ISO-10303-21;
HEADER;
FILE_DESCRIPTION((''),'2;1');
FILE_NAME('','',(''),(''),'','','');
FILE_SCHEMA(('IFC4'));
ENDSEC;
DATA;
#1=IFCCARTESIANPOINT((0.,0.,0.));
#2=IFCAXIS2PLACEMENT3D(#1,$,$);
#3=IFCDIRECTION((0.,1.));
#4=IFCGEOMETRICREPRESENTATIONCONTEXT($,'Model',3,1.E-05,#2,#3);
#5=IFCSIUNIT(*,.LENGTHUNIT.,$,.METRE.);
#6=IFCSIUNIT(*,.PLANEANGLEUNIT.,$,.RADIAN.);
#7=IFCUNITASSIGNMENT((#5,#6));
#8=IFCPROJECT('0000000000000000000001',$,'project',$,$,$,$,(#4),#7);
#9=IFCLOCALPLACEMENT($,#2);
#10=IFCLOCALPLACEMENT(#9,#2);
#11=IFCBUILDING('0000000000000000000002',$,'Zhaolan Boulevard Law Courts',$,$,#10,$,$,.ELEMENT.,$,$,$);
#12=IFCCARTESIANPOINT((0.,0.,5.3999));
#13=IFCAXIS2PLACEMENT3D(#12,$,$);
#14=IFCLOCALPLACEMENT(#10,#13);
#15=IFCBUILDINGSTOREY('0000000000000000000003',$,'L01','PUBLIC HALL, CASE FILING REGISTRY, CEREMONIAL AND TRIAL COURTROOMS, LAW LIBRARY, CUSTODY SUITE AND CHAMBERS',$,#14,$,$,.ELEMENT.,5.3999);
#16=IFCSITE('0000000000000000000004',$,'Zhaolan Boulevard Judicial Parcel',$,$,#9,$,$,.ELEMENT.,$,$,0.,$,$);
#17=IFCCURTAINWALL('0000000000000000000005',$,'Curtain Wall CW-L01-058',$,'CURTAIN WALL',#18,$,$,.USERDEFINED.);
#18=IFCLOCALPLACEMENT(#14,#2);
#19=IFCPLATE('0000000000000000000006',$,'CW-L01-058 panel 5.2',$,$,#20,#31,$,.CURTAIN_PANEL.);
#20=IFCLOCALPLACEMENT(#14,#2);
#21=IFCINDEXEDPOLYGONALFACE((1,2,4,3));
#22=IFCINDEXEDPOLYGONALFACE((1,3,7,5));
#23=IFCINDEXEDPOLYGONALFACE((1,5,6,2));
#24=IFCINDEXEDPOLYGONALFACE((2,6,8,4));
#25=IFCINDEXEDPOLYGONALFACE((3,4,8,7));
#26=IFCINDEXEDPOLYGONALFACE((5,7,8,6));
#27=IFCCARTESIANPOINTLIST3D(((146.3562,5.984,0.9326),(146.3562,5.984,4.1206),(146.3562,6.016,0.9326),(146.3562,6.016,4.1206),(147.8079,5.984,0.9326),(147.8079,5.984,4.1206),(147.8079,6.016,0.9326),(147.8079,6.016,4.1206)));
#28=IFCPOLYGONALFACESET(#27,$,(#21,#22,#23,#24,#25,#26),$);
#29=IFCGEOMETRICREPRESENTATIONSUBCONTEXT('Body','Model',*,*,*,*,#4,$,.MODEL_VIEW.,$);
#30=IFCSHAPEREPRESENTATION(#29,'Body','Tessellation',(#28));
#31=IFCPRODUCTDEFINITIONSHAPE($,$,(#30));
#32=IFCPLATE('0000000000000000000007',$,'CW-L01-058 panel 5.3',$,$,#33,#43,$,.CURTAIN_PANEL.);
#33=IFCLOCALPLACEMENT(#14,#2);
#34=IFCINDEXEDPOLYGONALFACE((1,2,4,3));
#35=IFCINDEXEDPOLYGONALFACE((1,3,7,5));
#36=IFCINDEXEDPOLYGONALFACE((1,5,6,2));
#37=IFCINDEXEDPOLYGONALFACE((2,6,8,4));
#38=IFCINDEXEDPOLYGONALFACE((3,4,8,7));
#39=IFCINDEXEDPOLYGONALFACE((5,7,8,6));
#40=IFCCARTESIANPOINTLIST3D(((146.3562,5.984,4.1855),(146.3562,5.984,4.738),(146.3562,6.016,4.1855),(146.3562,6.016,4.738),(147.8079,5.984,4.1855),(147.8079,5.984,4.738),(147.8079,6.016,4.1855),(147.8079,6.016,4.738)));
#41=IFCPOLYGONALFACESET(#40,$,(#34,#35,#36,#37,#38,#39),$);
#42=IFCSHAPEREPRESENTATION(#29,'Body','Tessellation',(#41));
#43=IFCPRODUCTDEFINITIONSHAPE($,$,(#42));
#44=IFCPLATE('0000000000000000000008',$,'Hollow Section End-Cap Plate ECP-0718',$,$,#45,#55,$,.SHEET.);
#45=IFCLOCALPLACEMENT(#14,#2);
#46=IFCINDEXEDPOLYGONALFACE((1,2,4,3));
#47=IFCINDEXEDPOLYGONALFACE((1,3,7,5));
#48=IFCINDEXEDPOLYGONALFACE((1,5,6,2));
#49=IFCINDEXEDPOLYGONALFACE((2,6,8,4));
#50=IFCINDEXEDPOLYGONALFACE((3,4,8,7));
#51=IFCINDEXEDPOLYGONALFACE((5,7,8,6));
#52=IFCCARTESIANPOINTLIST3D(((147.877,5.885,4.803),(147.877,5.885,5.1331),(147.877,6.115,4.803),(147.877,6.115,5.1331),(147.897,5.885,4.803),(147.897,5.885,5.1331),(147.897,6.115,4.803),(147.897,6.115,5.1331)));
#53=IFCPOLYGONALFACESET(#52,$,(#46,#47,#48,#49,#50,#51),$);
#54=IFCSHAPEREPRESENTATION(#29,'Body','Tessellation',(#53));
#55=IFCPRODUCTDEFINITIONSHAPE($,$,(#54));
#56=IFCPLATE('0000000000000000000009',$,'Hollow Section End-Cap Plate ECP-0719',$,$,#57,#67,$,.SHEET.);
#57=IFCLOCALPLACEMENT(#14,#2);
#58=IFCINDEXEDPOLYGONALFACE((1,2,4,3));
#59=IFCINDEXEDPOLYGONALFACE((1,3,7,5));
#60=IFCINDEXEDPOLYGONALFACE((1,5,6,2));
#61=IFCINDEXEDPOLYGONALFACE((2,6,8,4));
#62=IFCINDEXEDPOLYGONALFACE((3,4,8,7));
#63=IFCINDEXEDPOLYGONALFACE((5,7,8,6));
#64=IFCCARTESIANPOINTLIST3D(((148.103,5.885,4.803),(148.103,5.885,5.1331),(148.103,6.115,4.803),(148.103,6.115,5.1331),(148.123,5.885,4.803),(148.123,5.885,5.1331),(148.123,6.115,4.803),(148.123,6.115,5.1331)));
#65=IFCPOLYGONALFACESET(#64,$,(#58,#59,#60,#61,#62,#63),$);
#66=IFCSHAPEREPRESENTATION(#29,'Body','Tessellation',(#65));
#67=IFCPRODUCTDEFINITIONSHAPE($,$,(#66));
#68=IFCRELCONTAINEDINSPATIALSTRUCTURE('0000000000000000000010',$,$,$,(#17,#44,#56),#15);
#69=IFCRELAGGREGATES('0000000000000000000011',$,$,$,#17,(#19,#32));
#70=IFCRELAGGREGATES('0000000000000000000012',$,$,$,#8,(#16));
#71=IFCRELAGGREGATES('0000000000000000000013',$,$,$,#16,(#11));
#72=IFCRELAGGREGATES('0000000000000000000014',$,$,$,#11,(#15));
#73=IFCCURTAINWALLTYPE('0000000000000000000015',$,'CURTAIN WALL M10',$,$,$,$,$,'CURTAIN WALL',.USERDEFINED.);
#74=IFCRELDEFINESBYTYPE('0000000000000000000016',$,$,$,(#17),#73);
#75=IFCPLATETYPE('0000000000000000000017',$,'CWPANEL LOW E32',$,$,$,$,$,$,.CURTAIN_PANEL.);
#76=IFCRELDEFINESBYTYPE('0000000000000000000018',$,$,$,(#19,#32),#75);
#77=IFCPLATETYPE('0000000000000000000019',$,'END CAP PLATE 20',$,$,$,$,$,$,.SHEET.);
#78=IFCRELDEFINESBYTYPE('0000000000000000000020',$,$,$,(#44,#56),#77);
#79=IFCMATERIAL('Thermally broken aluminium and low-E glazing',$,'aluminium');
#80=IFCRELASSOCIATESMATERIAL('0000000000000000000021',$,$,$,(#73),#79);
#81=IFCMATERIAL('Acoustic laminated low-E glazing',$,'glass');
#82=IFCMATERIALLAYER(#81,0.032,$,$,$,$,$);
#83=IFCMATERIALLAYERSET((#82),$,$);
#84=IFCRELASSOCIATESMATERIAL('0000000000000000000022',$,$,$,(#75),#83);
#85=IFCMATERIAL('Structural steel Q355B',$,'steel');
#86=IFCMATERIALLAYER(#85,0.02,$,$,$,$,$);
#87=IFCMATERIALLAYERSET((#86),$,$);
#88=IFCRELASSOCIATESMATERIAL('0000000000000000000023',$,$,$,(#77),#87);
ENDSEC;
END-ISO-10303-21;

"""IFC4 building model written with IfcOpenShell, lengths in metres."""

from ifc_helpers import new_model, si_unit, direction, frame, origin, origin_2d, place, context, subcontext, project, spatial, rectangle, extrude, material, layer, layer_set, type_object, element, aggregate, save


model = new_model("IFC4")

# Units and contexts
model_context = context("Model", 3, precision=1e-05, world=origin(), true_north=direction((0.0, 1.0)))
body_context = subcontext(model_context, "Body", "Model", "MODEL_VIEW")
ifc_project = project(units=[si_unit("LENGTHUNIT", "METRE"), si_unit("PLANEANGLEUNIT", "RADIAN")], contexts=[model_context])

# Site, building, storey
site_placement = place(None, origin())
site = spatial("IfcSite", under=ifc_project, at=site_placement, Name="Zhaolan Boulevard Judicial Parcel", CompositionType="ELEMENT", RefElevation=0.0)
building_placement = place(site_placement, origin())
building = spatial("IfcBuilding", under=site, at=building_placement, Name="Zhaolan Boulevard Law Courts", CompositionType="ELEMENT")
storey_placement = place(building_placement, frame((0.0, 0.0, 5.3999)))
storey = spatial("IfcBuildingStorey", under=building, at=storey_placement, Name="L01", Description="PUBLIC HALL, CASE FILING REGISTRY, CEREMONIAL AND TRIAL COURTROOMS, LAW LIBRARY, CUSTODY SUITE AND CHAMBERS", CompositionType="ELEMENT", Elevation=5.3999)

# Curtain wall
ifc_material_1 = material(Name="Thermally broken aluminium and low-E glazing", Category="aluminium")
curtain_wall_type_1 = type_object("IfcCurtainWallType", Name="CURTAIN WALL M10", ElementType="CURTAIN WALL", PredefinedType="USERDEFINED", material=ifc_material_1)
curtain_wall_1_placement = place(storey_placement, origin())
curtain_wall_1 = element("IfcCurtainWall", 1, at=curtain_wall_1_placement, inside=storey, type_object=curtain_wall_type_1, Name="Curtain Wall CW-L01-058", ObjectType="CURTAIN WALL", PredefinedType="USERDEFINED")

# Plates
ifc_material_2 = material(Name="Acoustic laminated low-E glazing", Category="glass")
ifc_layer_1 = layer(ifc_material_2, 0.032)
ifc_layer_set_1 = layer_set([ifc_layer_1])
plate_type_1 = type_object("IfcPlateType", Name="CWPANEL LOW E32", PredefinedType="CURTAIN_PANEL", material=ifc_layer_set_1)
plate_1_placement = place(storey_placement, frame((147.082, 6.0, 0.9326), z_axis=(0.0, 0.0, 1.0), x_axis=(1.0, 0.0, 0.0)))
plate_1 = element("IfcPlate", 2, at=plate_1_placement, type_object=plate_type_1, Name="CW-L01-058 panel 5.2", PredefinedType="CURTAIN_PANEL", context=body_context, shape_type="SweptSolid", body=[
    extrude(rectangle(XDim=1.4517, YDim=0.032, at=origin_2d()), origin(), (0.0, 0.0, 1.0), 3.188),
])
plate_2_placement = place(storey_placement, frame((147.082, 6.0, 4.1855), z_axis=(0.0, 0.0, 1.0), x_axis=(1.0, 0.0, 0.0)))
plate_2 = element("IfcPlate", 3, at=plate_2_placement, type_object=plate_type_1, Name="CW-L01-058 panel 5.3", PredefinedType="CURTAIN_PANEL", context=body_context, shape_type="SweptSolid", body=[
    extrude(rectangle(XDim=1.4517, YDim=0.032, at=origin_2d()), origin(), (0.0, 0.0, 1.0), 0.5525),
])
aggregate(curtain_wall_1, [plate_1, plate_2])

# Plates
ifc_material_3 = material(Name="Structural steel Q355B", Category="steel")
ifc_layer_2 = layer(ifc_material_3, 0.02)
ifc_layer_set_2 = layer_set([ifc_layer_2])
plate_type_2 = type_object("IfcPlateType", Name="END CAP PLATE 20", PredefinedType="SHEET", material=ifc_layer_set_2)
for number, where, z_axis, x_axis, name in (
    (4, (147.887, 6.0, 4.803), (0.0, 0.0, 1.0), (1.0, 0.0, 0.0), "Hollow Section End-Cap Plate ECP-0718"),
    (5, (148.113, 6.0, 4.803), (0.0, 0.0, 1.0), (1.0, 0.0, 0.0), "Hollow Section End-Cap Plate ECP-0719"),
):
    element("IfcPlate", number, at=place(storey_placement, frame(where, z_axis=z_axis, x_axis=x_axis)), inside=storey, type_object=plate_type_2, Name=name, PredefinedType="SHEET", context=body_context, shape_type="SweptSolid", body=[
        extrude(rectangle(XDim=0.02, YDim=0.23, at=origin_2d()), origin(), (0.0, 0.0, 1.0), 0.3301),
    ])

save(model, "model.ifc")
